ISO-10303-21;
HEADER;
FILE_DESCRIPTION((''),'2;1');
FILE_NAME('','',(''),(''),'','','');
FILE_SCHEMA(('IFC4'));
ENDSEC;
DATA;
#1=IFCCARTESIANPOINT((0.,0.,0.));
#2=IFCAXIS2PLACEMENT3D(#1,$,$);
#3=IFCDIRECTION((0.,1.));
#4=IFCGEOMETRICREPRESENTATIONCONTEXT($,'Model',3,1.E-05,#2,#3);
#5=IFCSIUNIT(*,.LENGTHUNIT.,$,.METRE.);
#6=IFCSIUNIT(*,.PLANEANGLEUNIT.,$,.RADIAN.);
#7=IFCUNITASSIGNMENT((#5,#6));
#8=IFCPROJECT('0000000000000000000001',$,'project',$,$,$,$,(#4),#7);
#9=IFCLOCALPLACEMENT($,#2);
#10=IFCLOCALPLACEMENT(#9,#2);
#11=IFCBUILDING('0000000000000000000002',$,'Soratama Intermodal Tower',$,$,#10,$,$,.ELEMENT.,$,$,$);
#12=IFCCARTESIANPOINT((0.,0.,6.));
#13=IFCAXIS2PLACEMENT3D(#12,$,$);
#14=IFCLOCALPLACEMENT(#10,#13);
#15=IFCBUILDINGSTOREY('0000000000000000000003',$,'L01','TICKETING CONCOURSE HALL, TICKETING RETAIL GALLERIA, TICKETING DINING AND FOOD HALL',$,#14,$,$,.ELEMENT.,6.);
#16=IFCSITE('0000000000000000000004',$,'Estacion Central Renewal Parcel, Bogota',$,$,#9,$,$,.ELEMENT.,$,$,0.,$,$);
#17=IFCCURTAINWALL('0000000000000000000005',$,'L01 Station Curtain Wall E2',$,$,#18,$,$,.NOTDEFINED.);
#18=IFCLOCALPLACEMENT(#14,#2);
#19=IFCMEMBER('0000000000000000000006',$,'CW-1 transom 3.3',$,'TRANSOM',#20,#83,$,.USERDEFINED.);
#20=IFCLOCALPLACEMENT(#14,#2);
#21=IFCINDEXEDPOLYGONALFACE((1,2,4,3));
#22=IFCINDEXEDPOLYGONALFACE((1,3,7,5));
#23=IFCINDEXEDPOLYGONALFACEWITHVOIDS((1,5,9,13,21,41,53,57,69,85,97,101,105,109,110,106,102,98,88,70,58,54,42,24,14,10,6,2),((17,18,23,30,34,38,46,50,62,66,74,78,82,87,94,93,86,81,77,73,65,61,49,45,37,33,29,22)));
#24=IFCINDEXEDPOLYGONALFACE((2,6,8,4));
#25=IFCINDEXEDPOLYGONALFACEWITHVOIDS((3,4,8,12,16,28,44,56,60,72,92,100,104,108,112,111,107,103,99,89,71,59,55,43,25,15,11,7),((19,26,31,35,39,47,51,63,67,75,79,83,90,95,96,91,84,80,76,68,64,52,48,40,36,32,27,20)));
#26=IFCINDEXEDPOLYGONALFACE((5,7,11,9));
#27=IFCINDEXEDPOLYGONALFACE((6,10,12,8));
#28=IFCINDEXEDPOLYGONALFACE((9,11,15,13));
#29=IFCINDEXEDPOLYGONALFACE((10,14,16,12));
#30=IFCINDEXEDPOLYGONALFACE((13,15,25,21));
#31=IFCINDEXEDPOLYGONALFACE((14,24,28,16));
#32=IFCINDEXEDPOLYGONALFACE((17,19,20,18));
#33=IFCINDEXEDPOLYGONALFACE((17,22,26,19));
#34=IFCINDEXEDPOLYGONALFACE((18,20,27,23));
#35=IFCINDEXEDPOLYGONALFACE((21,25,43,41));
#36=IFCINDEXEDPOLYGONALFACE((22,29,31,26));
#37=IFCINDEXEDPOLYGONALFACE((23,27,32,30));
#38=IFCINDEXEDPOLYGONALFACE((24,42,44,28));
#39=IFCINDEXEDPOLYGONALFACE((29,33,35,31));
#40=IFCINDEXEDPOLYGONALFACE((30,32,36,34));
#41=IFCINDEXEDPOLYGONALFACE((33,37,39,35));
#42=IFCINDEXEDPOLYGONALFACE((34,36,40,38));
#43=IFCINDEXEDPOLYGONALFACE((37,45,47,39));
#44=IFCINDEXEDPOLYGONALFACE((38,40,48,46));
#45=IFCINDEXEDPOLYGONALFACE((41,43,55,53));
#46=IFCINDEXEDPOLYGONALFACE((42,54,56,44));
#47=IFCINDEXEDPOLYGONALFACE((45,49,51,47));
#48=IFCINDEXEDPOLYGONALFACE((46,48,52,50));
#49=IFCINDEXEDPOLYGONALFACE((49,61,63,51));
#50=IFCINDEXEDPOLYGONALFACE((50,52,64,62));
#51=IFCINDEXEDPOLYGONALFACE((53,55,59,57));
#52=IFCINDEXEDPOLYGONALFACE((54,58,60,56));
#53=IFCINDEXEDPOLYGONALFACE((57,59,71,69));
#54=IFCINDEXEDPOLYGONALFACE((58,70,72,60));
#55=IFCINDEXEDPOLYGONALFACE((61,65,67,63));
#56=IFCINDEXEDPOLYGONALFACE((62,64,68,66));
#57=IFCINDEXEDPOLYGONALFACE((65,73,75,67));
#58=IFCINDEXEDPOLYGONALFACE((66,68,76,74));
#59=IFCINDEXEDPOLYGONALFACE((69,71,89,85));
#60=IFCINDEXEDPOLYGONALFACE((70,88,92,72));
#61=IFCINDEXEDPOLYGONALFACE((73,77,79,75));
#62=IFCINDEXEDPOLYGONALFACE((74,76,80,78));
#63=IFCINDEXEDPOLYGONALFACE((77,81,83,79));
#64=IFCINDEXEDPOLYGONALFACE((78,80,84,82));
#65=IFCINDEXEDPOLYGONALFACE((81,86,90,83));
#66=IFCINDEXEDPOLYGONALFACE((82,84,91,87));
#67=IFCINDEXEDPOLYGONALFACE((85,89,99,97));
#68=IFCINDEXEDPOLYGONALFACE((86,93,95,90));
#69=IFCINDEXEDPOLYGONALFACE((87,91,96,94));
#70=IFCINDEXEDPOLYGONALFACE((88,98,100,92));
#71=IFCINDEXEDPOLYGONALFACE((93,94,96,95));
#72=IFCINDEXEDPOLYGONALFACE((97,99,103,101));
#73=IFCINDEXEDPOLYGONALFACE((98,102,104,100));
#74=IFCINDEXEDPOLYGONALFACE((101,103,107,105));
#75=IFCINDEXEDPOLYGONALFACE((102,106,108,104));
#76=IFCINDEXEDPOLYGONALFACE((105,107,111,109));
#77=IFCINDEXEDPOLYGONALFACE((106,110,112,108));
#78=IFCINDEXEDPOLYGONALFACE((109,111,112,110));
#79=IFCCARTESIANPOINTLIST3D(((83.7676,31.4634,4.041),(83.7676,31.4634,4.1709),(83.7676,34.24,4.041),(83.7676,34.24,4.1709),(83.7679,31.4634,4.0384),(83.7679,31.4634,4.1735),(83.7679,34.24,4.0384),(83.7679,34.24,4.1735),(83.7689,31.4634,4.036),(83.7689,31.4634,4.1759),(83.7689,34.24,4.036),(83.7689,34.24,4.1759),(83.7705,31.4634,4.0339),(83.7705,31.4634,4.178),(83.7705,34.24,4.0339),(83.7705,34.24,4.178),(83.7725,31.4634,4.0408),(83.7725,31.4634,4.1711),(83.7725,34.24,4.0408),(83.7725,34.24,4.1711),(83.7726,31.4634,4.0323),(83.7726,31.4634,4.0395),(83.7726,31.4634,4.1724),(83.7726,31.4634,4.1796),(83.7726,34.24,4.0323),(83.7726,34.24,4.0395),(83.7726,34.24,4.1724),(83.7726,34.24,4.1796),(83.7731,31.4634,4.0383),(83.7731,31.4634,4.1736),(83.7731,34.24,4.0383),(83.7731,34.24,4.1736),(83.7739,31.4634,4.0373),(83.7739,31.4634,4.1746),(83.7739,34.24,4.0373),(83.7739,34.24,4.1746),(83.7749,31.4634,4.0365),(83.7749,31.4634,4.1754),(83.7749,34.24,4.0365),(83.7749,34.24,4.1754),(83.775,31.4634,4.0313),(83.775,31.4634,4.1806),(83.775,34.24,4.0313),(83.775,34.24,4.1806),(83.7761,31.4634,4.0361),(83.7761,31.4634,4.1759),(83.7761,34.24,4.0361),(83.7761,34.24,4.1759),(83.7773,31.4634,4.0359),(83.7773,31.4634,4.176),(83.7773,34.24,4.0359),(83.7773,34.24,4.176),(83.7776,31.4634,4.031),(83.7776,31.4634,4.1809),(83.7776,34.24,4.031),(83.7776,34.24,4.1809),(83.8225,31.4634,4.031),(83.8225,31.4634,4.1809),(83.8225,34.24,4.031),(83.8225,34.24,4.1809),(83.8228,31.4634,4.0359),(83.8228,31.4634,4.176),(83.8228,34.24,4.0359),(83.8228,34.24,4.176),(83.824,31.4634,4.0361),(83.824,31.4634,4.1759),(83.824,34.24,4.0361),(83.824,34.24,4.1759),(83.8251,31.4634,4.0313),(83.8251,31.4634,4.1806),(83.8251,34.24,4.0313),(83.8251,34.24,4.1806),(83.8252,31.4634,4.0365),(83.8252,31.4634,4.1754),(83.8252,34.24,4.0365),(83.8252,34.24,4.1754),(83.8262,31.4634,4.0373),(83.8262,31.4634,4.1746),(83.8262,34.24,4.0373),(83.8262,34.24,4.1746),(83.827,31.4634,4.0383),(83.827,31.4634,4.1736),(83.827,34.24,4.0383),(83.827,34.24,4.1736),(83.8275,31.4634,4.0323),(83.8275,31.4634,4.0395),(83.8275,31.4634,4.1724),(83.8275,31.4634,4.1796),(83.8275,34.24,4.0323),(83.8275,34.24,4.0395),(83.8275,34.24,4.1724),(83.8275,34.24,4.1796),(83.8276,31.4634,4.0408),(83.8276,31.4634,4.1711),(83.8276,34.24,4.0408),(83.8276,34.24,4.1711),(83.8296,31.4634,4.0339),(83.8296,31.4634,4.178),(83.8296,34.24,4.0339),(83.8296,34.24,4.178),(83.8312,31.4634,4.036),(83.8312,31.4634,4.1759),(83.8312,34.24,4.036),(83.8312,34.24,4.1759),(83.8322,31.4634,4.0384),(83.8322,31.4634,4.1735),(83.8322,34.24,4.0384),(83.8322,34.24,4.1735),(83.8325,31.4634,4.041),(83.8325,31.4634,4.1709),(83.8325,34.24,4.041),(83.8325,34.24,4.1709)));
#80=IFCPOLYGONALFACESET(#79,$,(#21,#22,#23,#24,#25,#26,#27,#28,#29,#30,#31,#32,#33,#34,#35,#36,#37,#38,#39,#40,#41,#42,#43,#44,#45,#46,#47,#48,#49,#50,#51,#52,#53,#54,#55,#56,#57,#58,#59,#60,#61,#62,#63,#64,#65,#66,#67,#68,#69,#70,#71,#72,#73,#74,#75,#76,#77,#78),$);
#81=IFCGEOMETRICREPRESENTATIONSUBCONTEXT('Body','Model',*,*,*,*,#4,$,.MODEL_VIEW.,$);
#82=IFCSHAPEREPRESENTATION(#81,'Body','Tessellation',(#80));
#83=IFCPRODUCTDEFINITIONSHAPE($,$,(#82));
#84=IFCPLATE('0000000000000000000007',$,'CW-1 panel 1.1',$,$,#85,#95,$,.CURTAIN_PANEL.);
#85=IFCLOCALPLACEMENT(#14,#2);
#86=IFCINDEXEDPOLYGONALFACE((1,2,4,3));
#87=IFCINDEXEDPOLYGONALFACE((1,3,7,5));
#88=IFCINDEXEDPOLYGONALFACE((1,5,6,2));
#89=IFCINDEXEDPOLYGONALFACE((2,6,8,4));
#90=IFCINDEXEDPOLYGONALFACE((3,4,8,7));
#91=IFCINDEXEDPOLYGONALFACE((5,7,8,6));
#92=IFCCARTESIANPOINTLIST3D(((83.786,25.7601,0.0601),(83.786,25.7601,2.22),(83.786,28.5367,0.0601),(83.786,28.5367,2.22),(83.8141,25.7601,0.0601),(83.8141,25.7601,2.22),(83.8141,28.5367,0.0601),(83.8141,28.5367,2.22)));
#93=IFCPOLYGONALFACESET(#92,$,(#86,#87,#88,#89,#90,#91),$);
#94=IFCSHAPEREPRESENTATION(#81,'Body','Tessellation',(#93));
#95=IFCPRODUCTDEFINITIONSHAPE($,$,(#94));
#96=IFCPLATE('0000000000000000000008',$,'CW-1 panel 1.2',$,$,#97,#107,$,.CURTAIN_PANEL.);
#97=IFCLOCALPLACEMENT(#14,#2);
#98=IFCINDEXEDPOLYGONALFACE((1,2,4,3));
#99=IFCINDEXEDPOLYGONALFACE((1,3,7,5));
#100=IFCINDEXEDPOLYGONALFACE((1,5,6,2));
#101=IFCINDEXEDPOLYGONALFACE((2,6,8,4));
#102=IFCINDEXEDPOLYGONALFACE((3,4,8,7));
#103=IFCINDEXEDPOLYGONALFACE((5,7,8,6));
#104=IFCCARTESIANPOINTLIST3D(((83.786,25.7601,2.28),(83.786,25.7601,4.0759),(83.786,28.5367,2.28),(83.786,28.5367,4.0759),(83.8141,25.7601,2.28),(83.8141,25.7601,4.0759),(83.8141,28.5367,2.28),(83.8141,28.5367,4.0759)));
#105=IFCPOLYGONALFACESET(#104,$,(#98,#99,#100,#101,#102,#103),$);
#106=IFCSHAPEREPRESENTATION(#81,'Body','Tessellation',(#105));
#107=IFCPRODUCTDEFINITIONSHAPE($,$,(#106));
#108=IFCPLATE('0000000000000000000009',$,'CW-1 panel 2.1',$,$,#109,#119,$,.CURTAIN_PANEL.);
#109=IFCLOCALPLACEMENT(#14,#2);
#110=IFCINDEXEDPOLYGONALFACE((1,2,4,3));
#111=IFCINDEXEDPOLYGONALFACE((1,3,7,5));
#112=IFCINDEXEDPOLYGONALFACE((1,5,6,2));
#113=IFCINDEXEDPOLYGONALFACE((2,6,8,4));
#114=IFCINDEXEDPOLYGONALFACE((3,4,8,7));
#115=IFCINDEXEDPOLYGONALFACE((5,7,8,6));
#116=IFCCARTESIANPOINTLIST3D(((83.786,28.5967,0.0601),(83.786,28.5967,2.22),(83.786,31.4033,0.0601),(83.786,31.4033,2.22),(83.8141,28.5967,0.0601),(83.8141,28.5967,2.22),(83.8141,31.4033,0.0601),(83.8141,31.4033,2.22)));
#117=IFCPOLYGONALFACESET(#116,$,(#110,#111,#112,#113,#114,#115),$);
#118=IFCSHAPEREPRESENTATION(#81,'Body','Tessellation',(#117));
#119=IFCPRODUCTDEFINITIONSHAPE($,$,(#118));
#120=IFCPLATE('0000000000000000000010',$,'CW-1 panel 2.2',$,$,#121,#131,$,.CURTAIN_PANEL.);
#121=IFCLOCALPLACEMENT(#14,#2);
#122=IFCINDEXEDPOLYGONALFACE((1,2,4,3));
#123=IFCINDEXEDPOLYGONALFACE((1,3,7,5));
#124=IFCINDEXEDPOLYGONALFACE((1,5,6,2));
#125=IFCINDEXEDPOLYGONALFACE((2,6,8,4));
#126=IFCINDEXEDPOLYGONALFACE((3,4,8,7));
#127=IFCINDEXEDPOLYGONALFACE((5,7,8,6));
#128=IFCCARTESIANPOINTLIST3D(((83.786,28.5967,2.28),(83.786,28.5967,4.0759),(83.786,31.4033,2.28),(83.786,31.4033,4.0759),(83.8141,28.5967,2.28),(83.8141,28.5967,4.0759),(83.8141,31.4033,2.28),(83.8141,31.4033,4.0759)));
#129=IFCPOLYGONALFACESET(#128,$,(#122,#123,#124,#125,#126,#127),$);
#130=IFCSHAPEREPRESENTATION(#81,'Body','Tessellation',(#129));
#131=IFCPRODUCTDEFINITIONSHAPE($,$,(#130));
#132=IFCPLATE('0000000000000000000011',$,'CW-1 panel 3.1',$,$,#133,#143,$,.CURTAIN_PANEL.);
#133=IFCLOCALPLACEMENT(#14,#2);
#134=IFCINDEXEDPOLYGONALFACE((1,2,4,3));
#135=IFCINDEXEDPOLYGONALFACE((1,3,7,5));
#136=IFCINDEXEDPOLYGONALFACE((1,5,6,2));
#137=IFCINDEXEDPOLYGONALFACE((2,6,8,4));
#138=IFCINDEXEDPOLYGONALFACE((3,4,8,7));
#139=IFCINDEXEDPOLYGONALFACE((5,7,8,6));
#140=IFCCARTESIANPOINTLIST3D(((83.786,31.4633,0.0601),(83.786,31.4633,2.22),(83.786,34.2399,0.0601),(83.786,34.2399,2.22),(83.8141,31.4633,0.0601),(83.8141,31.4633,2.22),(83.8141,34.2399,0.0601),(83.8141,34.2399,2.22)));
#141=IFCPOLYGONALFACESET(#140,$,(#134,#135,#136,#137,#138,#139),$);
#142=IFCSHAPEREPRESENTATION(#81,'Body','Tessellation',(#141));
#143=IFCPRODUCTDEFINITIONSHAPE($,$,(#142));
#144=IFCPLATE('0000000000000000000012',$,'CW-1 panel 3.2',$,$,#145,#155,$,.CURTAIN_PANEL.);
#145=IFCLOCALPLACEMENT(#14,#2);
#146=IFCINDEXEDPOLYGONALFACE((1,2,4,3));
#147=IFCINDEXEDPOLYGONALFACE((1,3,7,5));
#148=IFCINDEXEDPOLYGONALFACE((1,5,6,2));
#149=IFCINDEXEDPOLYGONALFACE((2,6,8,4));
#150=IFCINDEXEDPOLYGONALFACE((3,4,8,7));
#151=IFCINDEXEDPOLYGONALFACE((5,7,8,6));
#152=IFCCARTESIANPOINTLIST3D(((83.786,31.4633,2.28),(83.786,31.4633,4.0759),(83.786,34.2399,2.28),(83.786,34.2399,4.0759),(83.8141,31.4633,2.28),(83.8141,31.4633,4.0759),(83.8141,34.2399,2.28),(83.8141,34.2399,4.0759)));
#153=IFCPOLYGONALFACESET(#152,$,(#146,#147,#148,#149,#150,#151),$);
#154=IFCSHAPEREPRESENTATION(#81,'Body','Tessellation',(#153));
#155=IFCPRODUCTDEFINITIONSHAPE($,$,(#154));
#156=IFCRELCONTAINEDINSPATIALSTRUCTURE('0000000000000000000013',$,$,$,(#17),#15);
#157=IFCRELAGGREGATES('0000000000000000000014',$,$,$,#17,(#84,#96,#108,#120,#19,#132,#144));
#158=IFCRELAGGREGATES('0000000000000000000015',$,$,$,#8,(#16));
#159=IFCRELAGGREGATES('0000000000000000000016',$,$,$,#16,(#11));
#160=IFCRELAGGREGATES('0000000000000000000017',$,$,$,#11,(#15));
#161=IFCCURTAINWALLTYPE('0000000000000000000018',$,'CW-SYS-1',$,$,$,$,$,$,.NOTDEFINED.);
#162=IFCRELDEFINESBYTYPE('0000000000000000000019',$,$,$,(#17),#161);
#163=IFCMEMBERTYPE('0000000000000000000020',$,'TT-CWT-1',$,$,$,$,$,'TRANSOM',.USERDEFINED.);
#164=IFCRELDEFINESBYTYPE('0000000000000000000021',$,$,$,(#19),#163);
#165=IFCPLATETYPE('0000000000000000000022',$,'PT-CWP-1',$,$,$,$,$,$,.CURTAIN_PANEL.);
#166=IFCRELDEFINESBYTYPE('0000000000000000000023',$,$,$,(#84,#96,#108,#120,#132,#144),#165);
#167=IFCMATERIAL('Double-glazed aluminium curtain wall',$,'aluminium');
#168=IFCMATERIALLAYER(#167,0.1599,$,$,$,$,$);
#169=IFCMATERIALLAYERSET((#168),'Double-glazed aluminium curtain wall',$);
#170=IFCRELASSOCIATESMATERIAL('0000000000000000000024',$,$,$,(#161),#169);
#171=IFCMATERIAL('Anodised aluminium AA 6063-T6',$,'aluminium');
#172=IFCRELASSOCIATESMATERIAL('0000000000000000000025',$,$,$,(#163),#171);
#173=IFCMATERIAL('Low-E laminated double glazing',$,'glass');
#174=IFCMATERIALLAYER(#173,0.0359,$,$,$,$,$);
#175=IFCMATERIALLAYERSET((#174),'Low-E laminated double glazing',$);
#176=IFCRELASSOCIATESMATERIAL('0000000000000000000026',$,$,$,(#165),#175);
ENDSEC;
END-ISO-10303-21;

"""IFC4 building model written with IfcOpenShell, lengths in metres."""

from ifc_helpers import new_model, si_unit, direction, frame, origin, origin_2d, place, context, subcontext, project, spatial, rectangle, hollow_rectangle, extrude, material, layer, layer_set, material_profile, profile_set, type_object, element, aggregate, save


model = new_model("IFC4")

# Units and contexts
model_context = context("Model", 3, precision=1e-05, world=origin(), true_north=direction((0.0, 1.0)))
body_context = subcontext(model_context, "Body", "Model", "MODEL_VIEW")
ifc_project = project(units=[si_unit("LENGTHUNIT", "METRE"), si_unit("PLANEANGLEUNIT", "RADIAN")], contexts=[model_context])

# Site, building, storey
site_placement = place(None, origin())
site = spatial("IfcSite", under=ifc_project, at=site_placement, Name="Estacion Central Renewal Parcel, Bogota", CompositionType="ELEMENT", RefElevation=0.0)
building_placement = place(site_placement, origin())
building = spatial("IfcBuilding", under=site, at=building_placement, Name="Soratama Intermodal Tower", CompositionType="ELEMENT")
storey_placement = place(building_placement, frame((0.0, 0.0, 6.0)))
storey = spatial("IfcBuildingStorey", under=building, at=storey_placement, Name="L01", Description="TICKETING CONCOURSE HALL, TICKETING RETAIL GALLERIA, TICKETING DINING AND FOOD HALL", CompositionType="ELEMENT", Elevation=6.0)

# Curtain wall, member, plates
ifc_material_1 = material(Name="Double-glazed aluminium curtain wall", Category="aluminium")
ifc_layer_1 = layer(ifc_material_1, 0.1599)
ifc_layer_set_1 = layer_set([ifc_layer_1], Name="Double-glazed aluminium curtain wall")
curtain_wall_type = type_object("IfcCurtainWallType", Name="CW-SYS-1", PredefinedType="NOTDEFINED", material=ifc_layer_set_1)
curtain_wall_placement = place(storey_placement, origin())
curtain_wall = element("IfcCurtainWall", 1, at=curtain_wall_placement, inside=storey, type_object=curtain_wall_type, Name="L01 Station Curtain Wall E2", PredefinedType="NOTDEFINED")
ifc_material_2 = material(Name="Anodised aluminium AA 6063-T6", Category="aluminium")
ifc_material_profile_1 = material_profile(ifc_material_2, hollow_rectangle(XDim=0.0649, YDim=0.1499, WallThickness=0.0049, InnerFilletRadius=0.0049, OuterFilletRadius=0.01, at=origin_2d()), Name="CWT150X65X5")
ifc_profile_set_1 = profile_set([ifc_material_profile_1], Name="Anodised aluminium AA 6063-T6")
member_type_1 = type_object("IfcMemberType", Name="TT-CWT-1", ElementType="TRANSOM", PredefinedType="USERDEFINED", material=ifc_profile_set_1)
member_1_placement = place(storey_placement, frame((83.8, 31.4634, 4.106), z_axis=(0.0, 1.0, 0.0), x_axis=(-1.0, 0.0, 0.0)))
member_1 = element("IfcMember", 2, at=member_1_placement, type_object=member_type_1, Name="CW-1 transom 3.3", ObjectType="TRANSOM", PredefinedType="USERDEFINED", context=body_context, shape_type="SweptSolid", body=[
    extrude(hollow_rectangle(XDim=0.0649, YDim=0.1499, WallThickness=0.0049, InnerFilletRadius=0.0049, OuterFilletRadius=0.01, at=origin_2d()), origin(), (0.0, 0.0, 1.0), 2.7766),
])
ifc_material_3 = material(Name="Low-E laminated double glazing", Category="glass")
ifc_layer_2 = layer(ifc_material_3, 0.0359)
ifc_layer_set_2 = layer_set([ifc_layer_2], Name="Low-E laminated double glazing")
plate_type = type_object("IfcPlateType", Name="PT-CWP-1", PredefinedType="CURTAIN_PANEL", material=ifc_layer_set_2)
plate_1_placement = place(storey_placement, frame((83.8, 27.1484, 0.0601), z_axis=(0.0, 0.0, 1.0), x_axis=(0.0, 1.0, 0.0)))
plate_1 = element("IfcPlate", 3, at=plate_1_placement, type_object=plate_type, Name="CW-1 panel 1.1", PredefinedType="CURTAIN_PANEL", context=body_context, shape_type="SweptSolid", body=[
    extrude(rectangle(XDim=2.7766, YDim=0.0281, at=origin_2d()), origin(), (0.0, 0.0, 1.0), 2.1599),
])
plate_2_placement = place(storey_placement, frame((83.8, 27.1484, 2.28), z_axis=(0.0, 0.0, 1.0), x_axis=(0.0, 1.0, 0.0)))
plate_2 = element("IfcPlate", 4, at=plate_2_placement, type_object=plate_type, Name="CW-1 panel 1.2", PredefinedType="CURTAIN_PANEL", context=body_context, shape_type="SweptSolid", body=[
    extrude(rectangle(XDim=2.7766, YDim=0.0281, at=origin_2d()), origin(), (0.0, 0.0, 1.0), 1.7959),
])
plate_3_placement = place(storey_placement, frame((83.8, 30.0, 0.0601), z_axis=(0.0, 0.0, 1.0), x_axis=(0.0, 1.0, 0.0)))
plate_3 = element("IfcPlate", 5, at=plate_3_placement, type_object=plate_type, Name="CW-1 panel 2.1", PredefinedType="CURTAIN_PANEL", context=body_context, shape_type="SweptSolid", body=[
    extrude(rectangle(XDim=2.8066, YDim=0.0281, at=origin_2d()), origin(), (0.0, 0.0, 1.0), 2.1599),
])
plate_4_placement = place(storey_placement, frame((83.8, 30.0, 2.28), z_axis=(0.0, 0.0, 1.0), x_axis=(0.0, 1.0, 0.0)))
plate_4 = element("IfcPlate", 6, at=plate_4_placement, type_object=plate_type, Name="CW-1 panel 2.2", PredefinedType="CURTAIN_PANEL", context=body_context, shape_type="SweptSolid", body=[
    extrude(rectangle(XDim=2.8066, YDim=0.0281, at=origin_2d()), origin(), (0.0, 0.0, 1.0), 1.7959),
])
plate_5_placement = place(storey_placement, frame((83.8, 32.8516, 0.0601), z_axis=(0.0, 0.0, 1.0), x_axis=(0.0, 1.0, 0.0)))
plate_5 = element("IfcPlate", 7, at=plate_5_placement, type_object=plate_type, Name="CW-1 panel 3.1", PredefinedType="CURTAIN_PANEL", context=body_context, shape_type="SweptSolid", body=[
    extrude(rectangle(XDim=2.7766, YDim=0.0281, at=origin_2d()), origin(), (0.0, 0.0, 1.0), 2.1599),
])
plate_6_placement = place(storey_placement, frame((83.8, 32.8516, 2.28), z_axis=(0.0, 0.0, 1.0), x_axis=(0.0, 1.0, 0.0)))
plate_6 = element("IfcPlate", 8, at=plate_6_placement, type_object=plate_type, Name="CW-1 panel 3.2", PredefinedType="CURTAIN_PANEL", context=body_context, shape_type="SweptSolid", body=[
    extrude(rectangle(XDim=2.7766, YDim=0.0281, at=origin_2d()), origin(), (0.0, 0.0, 1.0), 1.7959),
])
aggregate(curtain_wall, [plate_1, plate_2, plate_3, plate_4, member_1, plate_5, plate_6])

save(model, "model.ifc")
